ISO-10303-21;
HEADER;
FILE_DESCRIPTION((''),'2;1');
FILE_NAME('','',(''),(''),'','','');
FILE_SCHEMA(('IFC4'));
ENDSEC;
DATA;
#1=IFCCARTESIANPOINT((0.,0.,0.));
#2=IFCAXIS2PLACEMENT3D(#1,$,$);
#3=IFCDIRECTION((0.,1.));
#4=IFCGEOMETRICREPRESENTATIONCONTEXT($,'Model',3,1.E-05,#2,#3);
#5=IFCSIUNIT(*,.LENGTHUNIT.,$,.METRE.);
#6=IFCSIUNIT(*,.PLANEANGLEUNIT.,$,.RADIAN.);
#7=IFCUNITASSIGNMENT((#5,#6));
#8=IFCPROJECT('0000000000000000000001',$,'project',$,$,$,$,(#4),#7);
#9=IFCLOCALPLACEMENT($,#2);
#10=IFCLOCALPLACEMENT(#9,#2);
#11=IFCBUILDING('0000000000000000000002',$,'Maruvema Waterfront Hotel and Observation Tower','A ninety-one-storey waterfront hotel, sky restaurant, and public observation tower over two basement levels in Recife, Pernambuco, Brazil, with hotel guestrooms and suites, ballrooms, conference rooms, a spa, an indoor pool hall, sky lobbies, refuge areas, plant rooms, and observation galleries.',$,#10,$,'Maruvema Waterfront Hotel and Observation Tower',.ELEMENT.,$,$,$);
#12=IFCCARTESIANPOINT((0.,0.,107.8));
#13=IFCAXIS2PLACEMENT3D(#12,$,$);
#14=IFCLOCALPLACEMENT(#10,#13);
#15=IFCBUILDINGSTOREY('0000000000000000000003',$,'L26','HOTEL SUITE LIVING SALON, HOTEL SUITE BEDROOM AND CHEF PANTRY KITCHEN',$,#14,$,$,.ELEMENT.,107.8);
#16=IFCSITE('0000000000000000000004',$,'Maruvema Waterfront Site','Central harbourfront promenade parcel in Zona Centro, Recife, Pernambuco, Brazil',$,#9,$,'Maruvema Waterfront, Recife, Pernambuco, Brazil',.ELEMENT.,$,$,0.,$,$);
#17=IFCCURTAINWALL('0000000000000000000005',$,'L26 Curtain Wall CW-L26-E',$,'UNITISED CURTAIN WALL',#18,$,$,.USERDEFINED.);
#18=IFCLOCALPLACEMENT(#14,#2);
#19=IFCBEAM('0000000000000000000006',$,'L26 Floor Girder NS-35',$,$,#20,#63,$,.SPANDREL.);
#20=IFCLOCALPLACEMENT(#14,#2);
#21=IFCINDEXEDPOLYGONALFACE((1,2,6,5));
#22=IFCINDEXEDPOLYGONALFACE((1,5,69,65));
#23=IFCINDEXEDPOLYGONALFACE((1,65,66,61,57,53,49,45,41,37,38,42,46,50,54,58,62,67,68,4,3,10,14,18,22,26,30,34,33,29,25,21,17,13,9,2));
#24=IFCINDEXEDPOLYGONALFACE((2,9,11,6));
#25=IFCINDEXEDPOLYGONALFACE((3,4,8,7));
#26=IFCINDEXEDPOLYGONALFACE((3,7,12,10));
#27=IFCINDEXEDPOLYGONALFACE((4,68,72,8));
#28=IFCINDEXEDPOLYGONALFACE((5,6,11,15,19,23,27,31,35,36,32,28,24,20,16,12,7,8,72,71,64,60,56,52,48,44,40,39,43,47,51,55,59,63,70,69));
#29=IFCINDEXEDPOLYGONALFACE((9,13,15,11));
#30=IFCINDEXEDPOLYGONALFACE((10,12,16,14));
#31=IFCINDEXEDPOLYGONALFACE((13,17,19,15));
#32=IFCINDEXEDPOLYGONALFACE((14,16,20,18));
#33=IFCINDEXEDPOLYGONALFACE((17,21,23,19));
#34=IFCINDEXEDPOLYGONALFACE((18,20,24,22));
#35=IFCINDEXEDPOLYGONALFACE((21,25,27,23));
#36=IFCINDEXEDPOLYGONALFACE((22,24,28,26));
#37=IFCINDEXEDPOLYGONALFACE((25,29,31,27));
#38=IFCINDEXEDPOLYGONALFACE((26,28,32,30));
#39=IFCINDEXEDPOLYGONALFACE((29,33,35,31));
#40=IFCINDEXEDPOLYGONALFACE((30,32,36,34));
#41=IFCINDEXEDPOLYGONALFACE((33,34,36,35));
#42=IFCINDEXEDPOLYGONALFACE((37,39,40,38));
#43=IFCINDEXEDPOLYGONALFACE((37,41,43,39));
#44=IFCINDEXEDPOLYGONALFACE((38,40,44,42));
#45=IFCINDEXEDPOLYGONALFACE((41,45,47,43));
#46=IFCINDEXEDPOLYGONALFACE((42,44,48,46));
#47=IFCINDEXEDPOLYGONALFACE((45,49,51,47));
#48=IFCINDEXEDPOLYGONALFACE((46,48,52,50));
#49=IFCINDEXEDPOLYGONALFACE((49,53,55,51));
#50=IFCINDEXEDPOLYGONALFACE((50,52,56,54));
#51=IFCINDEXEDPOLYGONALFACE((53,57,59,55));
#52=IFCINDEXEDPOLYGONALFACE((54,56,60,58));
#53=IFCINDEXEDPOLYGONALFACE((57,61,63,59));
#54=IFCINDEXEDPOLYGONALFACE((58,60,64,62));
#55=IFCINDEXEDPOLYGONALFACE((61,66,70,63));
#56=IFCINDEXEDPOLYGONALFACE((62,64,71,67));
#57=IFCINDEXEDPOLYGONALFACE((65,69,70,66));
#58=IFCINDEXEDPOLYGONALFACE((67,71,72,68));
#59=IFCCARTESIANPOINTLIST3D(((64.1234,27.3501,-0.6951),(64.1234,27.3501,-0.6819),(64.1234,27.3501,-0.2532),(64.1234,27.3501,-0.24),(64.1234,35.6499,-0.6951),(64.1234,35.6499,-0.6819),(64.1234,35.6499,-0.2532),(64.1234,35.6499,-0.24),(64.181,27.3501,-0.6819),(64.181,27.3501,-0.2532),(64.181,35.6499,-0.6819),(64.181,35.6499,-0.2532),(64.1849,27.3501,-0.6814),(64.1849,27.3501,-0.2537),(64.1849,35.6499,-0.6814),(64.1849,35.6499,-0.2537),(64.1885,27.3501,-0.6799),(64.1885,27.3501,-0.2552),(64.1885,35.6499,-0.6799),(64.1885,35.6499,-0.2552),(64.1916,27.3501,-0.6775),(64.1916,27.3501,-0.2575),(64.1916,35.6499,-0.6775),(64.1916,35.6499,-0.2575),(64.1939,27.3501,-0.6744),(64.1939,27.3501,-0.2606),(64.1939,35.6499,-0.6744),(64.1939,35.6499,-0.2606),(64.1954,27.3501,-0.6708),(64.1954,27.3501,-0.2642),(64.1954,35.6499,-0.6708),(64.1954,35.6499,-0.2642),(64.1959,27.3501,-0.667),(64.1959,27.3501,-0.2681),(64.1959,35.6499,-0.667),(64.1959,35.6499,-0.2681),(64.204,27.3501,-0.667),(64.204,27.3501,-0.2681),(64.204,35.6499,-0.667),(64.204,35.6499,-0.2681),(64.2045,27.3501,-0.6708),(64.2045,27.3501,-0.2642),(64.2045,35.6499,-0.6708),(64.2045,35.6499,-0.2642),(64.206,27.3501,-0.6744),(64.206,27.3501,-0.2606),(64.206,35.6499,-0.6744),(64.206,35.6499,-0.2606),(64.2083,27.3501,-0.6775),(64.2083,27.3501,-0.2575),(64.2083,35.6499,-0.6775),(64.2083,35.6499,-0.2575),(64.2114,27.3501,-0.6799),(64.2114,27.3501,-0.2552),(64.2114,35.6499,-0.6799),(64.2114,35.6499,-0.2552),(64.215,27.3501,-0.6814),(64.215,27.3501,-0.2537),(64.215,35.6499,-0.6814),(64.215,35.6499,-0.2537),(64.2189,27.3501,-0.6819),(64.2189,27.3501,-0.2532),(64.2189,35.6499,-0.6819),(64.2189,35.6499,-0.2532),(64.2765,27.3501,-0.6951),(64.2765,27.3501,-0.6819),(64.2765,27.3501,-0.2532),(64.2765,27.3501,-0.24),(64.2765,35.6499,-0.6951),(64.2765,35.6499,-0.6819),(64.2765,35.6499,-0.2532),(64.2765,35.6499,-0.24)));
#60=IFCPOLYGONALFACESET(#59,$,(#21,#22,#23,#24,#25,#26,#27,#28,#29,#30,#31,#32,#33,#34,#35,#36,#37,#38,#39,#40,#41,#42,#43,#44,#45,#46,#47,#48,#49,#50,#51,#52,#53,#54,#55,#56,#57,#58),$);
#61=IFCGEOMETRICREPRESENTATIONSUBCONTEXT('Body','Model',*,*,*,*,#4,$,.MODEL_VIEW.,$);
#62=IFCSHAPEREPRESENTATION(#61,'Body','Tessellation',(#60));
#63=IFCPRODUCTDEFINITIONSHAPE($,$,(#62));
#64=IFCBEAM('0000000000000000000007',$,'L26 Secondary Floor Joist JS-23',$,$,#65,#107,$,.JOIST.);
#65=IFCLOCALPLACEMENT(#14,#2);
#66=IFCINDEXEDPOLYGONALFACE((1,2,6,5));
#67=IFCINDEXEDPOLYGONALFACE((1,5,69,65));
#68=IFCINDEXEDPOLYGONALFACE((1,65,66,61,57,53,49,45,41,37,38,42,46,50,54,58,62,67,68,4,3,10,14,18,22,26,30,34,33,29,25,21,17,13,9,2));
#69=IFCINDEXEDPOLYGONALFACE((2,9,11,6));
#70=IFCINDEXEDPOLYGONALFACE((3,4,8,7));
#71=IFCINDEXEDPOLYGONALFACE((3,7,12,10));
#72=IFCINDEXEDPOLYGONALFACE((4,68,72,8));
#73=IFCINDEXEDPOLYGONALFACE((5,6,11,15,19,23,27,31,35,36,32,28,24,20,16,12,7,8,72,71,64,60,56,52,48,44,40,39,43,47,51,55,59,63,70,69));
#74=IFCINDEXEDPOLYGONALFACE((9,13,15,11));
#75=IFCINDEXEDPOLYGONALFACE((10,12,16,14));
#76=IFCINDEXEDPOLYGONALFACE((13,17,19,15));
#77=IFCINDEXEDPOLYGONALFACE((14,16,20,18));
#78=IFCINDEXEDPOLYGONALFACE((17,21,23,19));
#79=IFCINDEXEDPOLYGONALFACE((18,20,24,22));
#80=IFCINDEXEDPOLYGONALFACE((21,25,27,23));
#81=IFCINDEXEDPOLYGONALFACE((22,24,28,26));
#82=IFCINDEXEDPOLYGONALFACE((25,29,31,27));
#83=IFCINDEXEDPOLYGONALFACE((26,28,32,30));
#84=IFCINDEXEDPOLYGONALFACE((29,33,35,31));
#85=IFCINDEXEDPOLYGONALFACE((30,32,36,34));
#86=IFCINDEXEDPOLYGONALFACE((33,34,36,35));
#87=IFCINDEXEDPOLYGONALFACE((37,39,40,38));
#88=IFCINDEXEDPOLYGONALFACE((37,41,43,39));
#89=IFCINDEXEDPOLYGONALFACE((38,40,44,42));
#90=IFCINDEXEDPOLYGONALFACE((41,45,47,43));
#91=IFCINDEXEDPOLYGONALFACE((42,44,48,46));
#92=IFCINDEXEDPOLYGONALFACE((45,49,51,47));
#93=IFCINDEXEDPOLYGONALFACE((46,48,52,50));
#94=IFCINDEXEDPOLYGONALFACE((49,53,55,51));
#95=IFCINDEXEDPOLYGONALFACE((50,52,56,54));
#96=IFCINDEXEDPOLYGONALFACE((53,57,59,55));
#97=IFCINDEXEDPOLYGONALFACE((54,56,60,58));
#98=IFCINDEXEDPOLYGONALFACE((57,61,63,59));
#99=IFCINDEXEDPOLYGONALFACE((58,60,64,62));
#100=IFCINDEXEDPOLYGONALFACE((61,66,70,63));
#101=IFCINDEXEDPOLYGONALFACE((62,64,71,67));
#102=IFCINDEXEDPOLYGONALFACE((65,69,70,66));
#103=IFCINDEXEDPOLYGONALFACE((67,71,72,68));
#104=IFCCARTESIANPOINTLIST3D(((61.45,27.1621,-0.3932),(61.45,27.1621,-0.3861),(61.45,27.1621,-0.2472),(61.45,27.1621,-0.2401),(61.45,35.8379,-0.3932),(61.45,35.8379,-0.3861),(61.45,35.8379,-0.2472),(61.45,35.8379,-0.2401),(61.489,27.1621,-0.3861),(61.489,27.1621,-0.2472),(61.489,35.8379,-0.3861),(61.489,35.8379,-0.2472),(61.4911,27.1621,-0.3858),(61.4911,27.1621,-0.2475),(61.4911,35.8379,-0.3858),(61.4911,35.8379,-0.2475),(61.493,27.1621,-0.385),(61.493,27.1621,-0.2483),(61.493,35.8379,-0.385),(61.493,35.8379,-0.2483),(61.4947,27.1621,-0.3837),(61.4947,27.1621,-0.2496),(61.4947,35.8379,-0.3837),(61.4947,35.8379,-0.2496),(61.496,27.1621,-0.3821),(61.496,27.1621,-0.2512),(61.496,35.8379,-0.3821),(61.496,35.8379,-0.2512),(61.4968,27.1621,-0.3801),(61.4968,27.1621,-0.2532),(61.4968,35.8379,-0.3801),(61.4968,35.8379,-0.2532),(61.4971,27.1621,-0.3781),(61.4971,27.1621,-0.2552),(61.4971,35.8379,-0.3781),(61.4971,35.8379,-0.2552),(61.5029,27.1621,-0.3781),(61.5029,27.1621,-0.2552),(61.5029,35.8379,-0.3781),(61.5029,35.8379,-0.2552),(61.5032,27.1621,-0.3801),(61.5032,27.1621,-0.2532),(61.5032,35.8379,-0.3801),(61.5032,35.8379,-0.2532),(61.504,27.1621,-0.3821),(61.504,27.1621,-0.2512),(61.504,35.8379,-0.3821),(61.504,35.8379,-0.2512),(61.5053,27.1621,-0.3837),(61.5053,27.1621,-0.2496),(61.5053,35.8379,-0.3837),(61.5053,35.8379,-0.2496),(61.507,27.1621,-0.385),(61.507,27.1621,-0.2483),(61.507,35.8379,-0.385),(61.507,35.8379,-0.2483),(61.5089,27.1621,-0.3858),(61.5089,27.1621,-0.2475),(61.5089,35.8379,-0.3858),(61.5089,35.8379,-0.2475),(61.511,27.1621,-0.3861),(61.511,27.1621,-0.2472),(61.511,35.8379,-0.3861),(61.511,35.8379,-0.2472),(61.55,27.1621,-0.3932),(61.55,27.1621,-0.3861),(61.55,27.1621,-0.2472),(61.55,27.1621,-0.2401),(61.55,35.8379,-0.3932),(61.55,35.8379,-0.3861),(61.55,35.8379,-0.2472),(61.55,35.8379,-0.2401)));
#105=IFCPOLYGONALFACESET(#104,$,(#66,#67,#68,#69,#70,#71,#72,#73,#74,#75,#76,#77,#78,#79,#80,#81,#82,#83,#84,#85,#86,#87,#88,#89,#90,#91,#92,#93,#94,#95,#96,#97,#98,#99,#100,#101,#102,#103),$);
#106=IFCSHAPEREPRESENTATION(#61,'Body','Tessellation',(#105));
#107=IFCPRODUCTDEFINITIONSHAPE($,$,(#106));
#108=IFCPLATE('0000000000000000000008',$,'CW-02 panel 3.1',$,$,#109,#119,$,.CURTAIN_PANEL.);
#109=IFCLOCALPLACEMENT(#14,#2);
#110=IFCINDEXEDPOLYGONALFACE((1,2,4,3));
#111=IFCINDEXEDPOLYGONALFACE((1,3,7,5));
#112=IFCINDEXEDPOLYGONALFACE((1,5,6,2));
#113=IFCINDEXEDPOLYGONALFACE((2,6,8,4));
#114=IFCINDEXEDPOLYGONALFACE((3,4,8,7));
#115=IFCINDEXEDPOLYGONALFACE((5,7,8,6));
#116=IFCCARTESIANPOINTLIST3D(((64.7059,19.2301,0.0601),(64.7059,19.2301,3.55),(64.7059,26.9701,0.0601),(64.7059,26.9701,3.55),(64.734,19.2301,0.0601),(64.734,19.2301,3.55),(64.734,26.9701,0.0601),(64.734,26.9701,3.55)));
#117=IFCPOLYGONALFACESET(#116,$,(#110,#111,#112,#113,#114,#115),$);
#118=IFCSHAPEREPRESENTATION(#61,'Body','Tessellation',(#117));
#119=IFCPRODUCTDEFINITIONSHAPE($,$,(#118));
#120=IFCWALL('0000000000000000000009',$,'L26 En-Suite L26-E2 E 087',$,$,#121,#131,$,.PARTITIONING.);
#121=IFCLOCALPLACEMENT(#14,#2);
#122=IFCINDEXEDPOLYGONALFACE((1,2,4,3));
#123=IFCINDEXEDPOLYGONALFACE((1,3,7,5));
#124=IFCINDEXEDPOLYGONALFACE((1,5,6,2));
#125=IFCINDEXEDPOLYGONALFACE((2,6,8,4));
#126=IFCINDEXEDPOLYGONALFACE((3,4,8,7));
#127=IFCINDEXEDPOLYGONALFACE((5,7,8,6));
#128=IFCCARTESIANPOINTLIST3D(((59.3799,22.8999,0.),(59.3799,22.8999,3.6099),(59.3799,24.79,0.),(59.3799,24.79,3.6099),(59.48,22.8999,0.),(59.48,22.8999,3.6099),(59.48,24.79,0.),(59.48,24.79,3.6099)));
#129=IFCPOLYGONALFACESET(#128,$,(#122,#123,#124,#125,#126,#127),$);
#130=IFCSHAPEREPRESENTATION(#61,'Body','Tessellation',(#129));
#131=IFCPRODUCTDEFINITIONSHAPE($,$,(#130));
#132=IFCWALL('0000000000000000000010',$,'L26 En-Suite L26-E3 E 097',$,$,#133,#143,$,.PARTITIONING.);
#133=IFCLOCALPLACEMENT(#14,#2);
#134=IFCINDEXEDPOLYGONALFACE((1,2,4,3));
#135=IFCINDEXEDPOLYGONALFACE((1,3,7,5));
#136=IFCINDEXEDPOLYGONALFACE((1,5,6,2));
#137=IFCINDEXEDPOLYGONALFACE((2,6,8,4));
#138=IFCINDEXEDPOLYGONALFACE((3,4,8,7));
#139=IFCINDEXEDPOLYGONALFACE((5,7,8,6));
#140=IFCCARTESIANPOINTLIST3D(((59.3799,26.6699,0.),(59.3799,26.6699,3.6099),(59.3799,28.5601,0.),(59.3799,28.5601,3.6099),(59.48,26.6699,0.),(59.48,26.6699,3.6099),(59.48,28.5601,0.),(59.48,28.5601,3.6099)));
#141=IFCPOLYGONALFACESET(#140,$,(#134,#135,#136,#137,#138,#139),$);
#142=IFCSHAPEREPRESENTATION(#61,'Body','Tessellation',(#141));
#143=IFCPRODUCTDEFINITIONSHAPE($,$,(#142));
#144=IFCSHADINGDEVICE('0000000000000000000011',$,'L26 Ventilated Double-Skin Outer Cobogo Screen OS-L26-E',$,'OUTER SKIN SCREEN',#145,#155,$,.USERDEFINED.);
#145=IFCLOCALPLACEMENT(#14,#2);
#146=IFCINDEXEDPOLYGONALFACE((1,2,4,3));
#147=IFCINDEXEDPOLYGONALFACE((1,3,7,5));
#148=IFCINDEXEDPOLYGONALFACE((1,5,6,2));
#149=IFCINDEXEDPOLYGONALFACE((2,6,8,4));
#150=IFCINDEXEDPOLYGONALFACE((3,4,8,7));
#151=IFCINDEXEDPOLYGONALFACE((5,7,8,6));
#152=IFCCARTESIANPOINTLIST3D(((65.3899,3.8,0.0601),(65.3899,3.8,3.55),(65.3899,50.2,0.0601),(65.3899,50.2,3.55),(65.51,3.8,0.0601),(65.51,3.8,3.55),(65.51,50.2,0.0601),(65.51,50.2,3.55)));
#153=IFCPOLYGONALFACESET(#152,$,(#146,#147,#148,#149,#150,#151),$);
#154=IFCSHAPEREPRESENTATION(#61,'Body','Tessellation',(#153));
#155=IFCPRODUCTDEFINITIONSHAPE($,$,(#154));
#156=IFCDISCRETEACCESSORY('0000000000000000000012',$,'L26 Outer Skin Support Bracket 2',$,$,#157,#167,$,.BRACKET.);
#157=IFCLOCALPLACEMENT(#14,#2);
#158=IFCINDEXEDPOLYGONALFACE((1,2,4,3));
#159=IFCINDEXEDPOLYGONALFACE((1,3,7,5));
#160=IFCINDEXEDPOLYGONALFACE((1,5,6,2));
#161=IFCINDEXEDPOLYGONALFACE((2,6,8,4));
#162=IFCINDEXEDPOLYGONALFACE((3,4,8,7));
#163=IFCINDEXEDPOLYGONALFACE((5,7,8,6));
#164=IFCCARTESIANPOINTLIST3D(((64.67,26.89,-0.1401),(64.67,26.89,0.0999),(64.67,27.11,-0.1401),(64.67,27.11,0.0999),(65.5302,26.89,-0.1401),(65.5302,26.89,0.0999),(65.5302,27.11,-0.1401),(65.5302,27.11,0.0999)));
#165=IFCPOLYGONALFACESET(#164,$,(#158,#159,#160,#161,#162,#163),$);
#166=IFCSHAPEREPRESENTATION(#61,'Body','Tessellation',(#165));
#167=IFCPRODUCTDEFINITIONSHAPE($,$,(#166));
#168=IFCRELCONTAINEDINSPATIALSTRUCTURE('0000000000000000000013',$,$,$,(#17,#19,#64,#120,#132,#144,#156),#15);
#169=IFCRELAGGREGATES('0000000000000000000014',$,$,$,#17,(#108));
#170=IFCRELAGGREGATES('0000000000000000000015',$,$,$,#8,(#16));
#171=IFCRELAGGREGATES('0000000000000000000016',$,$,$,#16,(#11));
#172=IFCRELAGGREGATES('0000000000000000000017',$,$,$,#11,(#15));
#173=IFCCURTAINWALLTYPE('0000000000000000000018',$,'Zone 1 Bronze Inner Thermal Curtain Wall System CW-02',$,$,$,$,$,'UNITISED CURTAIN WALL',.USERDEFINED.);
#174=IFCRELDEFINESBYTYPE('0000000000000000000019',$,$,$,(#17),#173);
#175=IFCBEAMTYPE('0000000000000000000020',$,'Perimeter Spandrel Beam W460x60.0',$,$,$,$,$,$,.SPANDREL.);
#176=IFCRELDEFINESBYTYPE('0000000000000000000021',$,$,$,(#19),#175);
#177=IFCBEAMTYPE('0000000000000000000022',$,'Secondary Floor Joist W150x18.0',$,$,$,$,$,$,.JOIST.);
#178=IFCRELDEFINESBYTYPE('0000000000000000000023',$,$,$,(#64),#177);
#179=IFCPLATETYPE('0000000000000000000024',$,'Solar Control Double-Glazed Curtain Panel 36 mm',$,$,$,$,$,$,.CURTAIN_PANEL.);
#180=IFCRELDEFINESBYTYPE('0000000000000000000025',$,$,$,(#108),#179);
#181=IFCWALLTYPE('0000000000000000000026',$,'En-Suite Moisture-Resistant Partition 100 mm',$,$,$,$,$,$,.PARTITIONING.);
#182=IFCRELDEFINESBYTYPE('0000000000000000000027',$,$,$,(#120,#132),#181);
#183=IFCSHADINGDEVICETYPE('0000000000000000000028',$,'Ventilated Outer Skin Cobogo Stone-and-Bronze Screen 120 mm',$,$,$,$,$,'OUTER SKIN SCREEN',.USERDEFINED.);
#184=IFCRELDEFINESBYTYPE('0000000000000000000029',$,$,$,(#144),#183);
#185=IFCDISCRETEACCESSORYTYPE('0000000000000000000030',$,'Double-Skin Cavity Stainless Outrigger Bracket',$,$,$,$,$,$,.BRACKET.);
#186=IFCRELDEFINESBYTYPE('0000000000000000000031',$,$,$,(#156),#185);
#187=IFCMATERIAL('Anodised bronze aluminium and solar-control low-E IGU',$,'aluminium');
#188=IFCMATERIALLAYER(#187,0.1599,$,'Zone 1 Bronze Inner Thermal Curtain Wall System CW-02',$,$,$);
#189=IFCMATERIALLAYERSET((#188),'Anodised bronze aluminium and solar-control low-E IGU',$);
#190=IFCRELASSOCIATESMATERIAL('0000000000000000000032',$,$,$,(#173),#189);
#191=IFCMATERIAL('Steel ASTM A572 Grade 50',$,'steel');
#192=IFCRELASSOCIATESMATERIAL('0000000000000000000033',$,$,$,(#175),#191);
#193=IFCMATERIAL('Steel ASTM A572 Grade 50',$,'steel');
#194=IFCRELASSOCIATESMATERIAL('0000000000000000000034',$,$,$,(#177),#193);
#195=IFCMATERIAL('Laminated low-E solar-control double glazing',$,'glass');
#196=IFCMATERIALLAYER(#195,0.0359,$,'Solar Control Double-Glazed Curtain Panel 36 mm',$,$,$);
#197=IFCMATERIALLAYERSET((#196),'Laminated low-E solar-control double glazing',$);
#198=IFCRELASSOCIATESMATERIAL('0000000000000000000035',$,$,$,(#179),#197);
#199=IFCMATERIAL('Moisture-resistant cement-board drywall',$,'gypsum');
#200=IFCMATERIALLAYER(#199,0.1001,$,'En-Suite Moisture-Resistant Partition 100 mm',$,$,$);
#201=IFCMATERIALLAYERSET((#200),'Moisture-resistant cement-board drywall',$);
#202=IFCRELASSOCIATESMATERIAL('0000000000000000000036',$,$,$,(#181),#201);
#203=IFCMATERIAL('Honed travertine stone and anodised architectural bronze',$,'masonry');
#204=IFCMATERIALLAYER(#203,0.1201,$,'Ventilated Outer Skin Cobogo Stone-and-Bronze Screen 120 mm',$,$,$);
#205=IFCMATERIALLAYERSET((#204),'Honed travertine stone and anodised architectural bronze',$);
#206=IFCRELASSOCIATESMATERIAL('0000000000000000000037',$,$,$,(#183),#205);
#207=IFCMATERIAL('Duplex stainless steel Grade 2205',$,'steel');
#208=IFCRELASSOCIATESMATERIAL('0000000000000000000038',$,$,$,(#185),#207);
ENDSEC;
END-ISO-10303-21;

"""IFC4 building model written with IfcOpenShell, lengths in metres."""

from ifc_helpers import new_model, si_unit, direction, frame, frame_2d, origin, origin_2d, place, context, subcontext, project, spatial, rectangle, i_section, extrude, material, layer, layer_set, material_profile, profile_set, type_object, element, aggregate, save


model = new_model("IFC4")

# Units and contexts
model_context = context("Model", 3, precision=1e-05, world=origin(), true_north=direction((0.0, 1.0)))
body_context = subcontext(model_context, "Body", "Model", "MODEL_VIEW")
ifc_project = project(units=[si_unit("LENGTHUNIT", "METRE"), si_unit("PLANEANGLEUNIT", "RADIAN")], contexts=[model_context])

# Site, building, storey
site_placement = place(None, origin())
site = spatial("IfcSite", under=ifc_project, at=site_placement, Name="Maruvema Waterfront Site", Description="Central harbourfront promenade parcel in Zona Centro, Recife, Pernambuco, Brazil", LongName="Maruvema Waterfront, Recife, Pernambuco, Brazil", CompositionType="ELEMENT", RefElevation=0.0)
building_placement = place(site_placement, origin())
building = spatial("IfcBuilding", under=site, at=building_placement, Name="Maruvema Waterfront Hotel and Observation Tower", Description="A ninety-one-storey waterfront hotel, sky restaurant, and public observation tower over two basement levels in Recife, Pernambuco, Brazil, with hotel guestrooms and suites, ballrooms, conference rooms, a spa, an indoor pool hall, sky lobbies, refuge areas, plant rooms, and observation galleries.", LongName="Maruvema Waterfront Hotel and Observation Tower", CompositionType="ELEMENT")
storey_placement = place(building_placement, frame((0.0, 0.0, 107.8)))
storey = spatial("IfcBuildingStorey", under=building, at=storey_placement, Name="L26", Description="HOTEL SUITE LIVING SALON, HOTEL SUITE BEDROOM AND CHEF PANTRY KITCHEN", CompositionType="ELEMENT", Elevation=107.8)

# Curtain wall
ifc_material_1 = material(Name="Anodised bronze aluminium and solar-control low-E IGU", Category="aluminium")
ifc_layer_1 = layer(ifc_material_1, 0.1599, Name="Zone 1 Bronze Inner Thermal Curtain Wall System CW-02")
ifc_layer_set_1 = layer_set([ifc_layer_1], Name="Anodised bronze aluminium and solar-control low-E IGU")
curtain_wall_type = type_object("IfcCurtainWallType", Name="Zone 1 Bronze Inner Thermal Curtain Wall System CW-02", ElementType="UNITISED CURTAIN WALL", PredefinedType="USERDEFINED", material=ifc_layer_set_1)
curtain_wall_placement = place(storey_placement, origin())
curtain_wall = element("IfcCurtainWall", 1, at=curtain_wall_placement, inside=storey, type_object=curtain_wall_type, Name="L26 Curtain Wall CW-L26-E", ObjectType="UNITISED CURTAIN WALL", PredefinedType="USERDEFINED")

# Beams
ifc_material_2 = material(Name="Steel ASTM A572 Grade 50", Category="steel")
ifc_material_profile_1 = material_profile(ifc_material_2, i_section(OverallWidth=0.1531, OverallDepth=0.4551, WebThickness=0.0081, FlangeThickness=0.0132, FilletRadius=0.0149, at=origin_2d()), Name="W460x60.0")
ifc_profile_set_1 = profile_set([ifc_material_profile_1], Name="Steel ASTM A572 Grade 50")
beam_type_1 = type_object("IfcBeamType", Name="Perimeter Spandrel Beam W460x60.0", PredefinedType="SPANDREL", material=ifc_profile_set_1)
for number, where, z_axis, x_axis, name in (
    (2, (64.2, 27.3501, -0.4675), (0.0, 1.0, 0.0), (-1.0, 0.0, 0.0), "L26 Floor Girder NS-35"),
):
    element("IfcBeam", number, at=place(storey_placement, frame(where, z_axis=z_axis, x_axis=x_axis)), inside=storey, type_object=beam_type_1, Name=name, PredefinedType="SPANDREL", context=body_context, shape_type="SweptSolid", body=[
        extrude(i_section(OverallWidth=0.1531, OverallDepth=0.4551, WebThickness=0.0081, FlangeThickness=0.0132, FilletRadius=0.0149, at=origin_2d()), origin(), (0.0, 0.0, 1.0), 8.2998),
    ])
ifc_material_3 = material(Name="Steel ASTM A572 Grade 50", Category="steel")
ifc_material_profile_2 = material_profile(ifc_material_3, i_section(OverallWidth=0.1001, OverallDepth=0.1531, WebThickness=0.0059, FlangeThickness=0.0071, FilletRadius=0.0081, at=origin_2d()), Name="W150x18.0")
ifc_profile_set_2 = profile_set([ifc_material_profile_2], Name="Steel ASTM A572 Grade 50")
beam_type_2 = type_object("IfcBeamType", Name="Secondary Floor Joist W150x18.0", PredefinedType="JOIST", material=ifc_profile_set_2)
beam_placement = place(storey_placement, frame((61.5, 27.1621, -0.3167), z_axis=(0.0, 1.0, 0.0), x_axis=(-1.0, 0.0, 0.0)))
element("IfcBeam", 3, at=beam_placement, inside=storey, type_object=beam_type_2, Name="L26 Secondary Floor Joist JS-23", PredefinedType="JOIST", context=body_context, shape_type="SweptSolid", body=[
    extrude(i_section(OverallWidth=0.1001, OverallDepth=0.1531, WebThickness=0.0059, FlangeThickness=0.0071, FilletRadius=0.0081, at=origin_2d()), origin(), (0.0, 0.0, 1.0), 8.6758),
])

# Plate
ifc_material_4 = material(Name="Laminated low-E solar-control double glazing", Category="glass")
ifc_layer_2 = layer(ifc_material_4, 0.0359, Name="Solar Control Double-Glazed Curtain Panel 36 mm")
ifc_layer_set_2 = layer_set([ifc_layer_2], Name="Laminated low-E solar-control double glazing")
plate_type = type_object("IfcPlateType", Name="Solar Control Double-Glazed Curtain Panel 36 mm", PredefinedType="CURTAIN_PANEL", material=ifc_layer_set_2)
plate_placement = place(storey_placement, frame((64.72, 23.1001, 0.0601), z_axis=(0.0, 0.0, 1.0), x_axis=(0.0, 1.0, 0.0)))
plate = element("IfcPlate", 4, at=plate_placement, type_object=plate_type, Name="CW-02 panel 3.1", PredefinedType="CURTAIN_PANEL", context=body_context, shape_type="SweptSolid", body=[
    extrude(rectangle(XDim=7.74, YDim=0.0281, at=origin_2d()), origin(), (0.0, 0.0, 1.0), 3.49),
])
aggregate(curtain_wall, [plate])

# Walls
ifc_material_5 = material(Name="Moisture-resistant cement-board drywall", Category="gypsum")
ifc_layer_3 = layer(ifc_material_5, 0.1001, Name="En-Suite Moisture-Resistant Partition 100 mm")
ifc_layer_set_3 = layer_set([ifc_layer_3], Name="Moisture-resistant cement-board drywall")
wall_type = type_object("IfcWallType", Name="En-Suite Moisture-Resistant Partition 100 mm", PredefinedType="PARTITIONING", material=ifc_layer_set_3)
for number, where, z_axis, x_axis, name in (
    (5, (59.4299, 22.8999, 0.0), (0.0, 0.0, 1.0), (0.0, 1.0, 0.0), "L26 En-Suite L26-E2 E 087"),
    (6, (59.4299, 26.6699, 0.0), (0.0, 0.0, 1.0), (0.0, 1.0, 0.0), "L26 En-Suite L26-E3 E 097"),
):
    element("IfcWall", number, at=place(storey_placement, frame(where, z_axis=z_axis, x_axis=x_axis)), inside=storey, type_object=wall_type, Name=name, PredefinedType="PARTITIONING", context=body_context, shape_type="SweptSolid", body=[
        extrude(rectangle(XDim=1.8901, YDim=0.1001, at=frame_2d((0.9451, 0.0))), origin(), (0.0, 0.0, 1.0), 3.6099),
    ])

# Shading device
ifc_material_6 = material(Name="Honed travertine stone and anodised architectural bronze", Category="masonry")
ifc_layer_4 = layer(ifc_material_6, 0.1201, Name="Ventilated Outer Skin Cobogo Stone-and-Bronze Screen 120 mm")
ifc_layer_set_4 = layer_set([ifc_layer_4], Name="Honed travertine stone and anodised architectural bronze")
shading_device_type = type_object("IfcShadingDeviceType", Name="Ventilated Outer Skin Cobogo Stone-and-Bronze Screen 120 mm", ElementType="OUTER SKIN SCREEN", PredefinedType="USERDEFINED", material=ifc_layer_set_4)
shading_device_placement = place(storey_placement, frame((65.45, 27.0, 0.0601), z_axis=(0.0, 0.0, 1.0), x_axis=(0.0, 1.0, 0.0)))
element("IfcShadingDevice", 7, at=shading_device_placement, inside=storey, type_object=shading_device_type, Name="L26 Ventilated Double-Skin Outer Cobogo Screen OS-L26-E", ObjectType="OUTER SKIN SCREEN", PredefinedType="USERDEFINED", context=body_context, shape_type="SweptSolid", body=[
    extrude(rectangle(XDim=46.3999, YDim=0.1201, at=origin_2d()), origin(), (0.0, 0.0, 1.0), 3.49),
])

# Discrete accessory
ifc_material_7 = material(Name="Duplex stainless steel Grade 2205", Category="steel")
discrete_accessory_type = type_object("IfcDiscreteAccessoryType", Name="Double-Skin Cavity Stainless Outrigger Bracket", PredefinedType="BRACKET", material=ifc_material_7)
discrete_accessory_placement = place(storey_placement, frame((65.1001, 27.0, -0.1401), z_axis=(0.0, 0.0, 1.0), x_axis=(0.0, 1.0, 0.0)))
element("IfcDiscreteAccessory", 8, at=discrete_accessory_placement, inside=storey, type_object=discrete_accessory_type, Name="L26 Outer Skin Support Bracket 2", PredefinedType="BRACKET", context=body_context, shape_type="SweptSolid", body=[
    extrude(rectangle(XDim=0.22, YDim=0.8601, at=origin_2d()), origin(), (0.0, 0.0, 1.0), 0.24),
])

save(model, "model.ifc")
